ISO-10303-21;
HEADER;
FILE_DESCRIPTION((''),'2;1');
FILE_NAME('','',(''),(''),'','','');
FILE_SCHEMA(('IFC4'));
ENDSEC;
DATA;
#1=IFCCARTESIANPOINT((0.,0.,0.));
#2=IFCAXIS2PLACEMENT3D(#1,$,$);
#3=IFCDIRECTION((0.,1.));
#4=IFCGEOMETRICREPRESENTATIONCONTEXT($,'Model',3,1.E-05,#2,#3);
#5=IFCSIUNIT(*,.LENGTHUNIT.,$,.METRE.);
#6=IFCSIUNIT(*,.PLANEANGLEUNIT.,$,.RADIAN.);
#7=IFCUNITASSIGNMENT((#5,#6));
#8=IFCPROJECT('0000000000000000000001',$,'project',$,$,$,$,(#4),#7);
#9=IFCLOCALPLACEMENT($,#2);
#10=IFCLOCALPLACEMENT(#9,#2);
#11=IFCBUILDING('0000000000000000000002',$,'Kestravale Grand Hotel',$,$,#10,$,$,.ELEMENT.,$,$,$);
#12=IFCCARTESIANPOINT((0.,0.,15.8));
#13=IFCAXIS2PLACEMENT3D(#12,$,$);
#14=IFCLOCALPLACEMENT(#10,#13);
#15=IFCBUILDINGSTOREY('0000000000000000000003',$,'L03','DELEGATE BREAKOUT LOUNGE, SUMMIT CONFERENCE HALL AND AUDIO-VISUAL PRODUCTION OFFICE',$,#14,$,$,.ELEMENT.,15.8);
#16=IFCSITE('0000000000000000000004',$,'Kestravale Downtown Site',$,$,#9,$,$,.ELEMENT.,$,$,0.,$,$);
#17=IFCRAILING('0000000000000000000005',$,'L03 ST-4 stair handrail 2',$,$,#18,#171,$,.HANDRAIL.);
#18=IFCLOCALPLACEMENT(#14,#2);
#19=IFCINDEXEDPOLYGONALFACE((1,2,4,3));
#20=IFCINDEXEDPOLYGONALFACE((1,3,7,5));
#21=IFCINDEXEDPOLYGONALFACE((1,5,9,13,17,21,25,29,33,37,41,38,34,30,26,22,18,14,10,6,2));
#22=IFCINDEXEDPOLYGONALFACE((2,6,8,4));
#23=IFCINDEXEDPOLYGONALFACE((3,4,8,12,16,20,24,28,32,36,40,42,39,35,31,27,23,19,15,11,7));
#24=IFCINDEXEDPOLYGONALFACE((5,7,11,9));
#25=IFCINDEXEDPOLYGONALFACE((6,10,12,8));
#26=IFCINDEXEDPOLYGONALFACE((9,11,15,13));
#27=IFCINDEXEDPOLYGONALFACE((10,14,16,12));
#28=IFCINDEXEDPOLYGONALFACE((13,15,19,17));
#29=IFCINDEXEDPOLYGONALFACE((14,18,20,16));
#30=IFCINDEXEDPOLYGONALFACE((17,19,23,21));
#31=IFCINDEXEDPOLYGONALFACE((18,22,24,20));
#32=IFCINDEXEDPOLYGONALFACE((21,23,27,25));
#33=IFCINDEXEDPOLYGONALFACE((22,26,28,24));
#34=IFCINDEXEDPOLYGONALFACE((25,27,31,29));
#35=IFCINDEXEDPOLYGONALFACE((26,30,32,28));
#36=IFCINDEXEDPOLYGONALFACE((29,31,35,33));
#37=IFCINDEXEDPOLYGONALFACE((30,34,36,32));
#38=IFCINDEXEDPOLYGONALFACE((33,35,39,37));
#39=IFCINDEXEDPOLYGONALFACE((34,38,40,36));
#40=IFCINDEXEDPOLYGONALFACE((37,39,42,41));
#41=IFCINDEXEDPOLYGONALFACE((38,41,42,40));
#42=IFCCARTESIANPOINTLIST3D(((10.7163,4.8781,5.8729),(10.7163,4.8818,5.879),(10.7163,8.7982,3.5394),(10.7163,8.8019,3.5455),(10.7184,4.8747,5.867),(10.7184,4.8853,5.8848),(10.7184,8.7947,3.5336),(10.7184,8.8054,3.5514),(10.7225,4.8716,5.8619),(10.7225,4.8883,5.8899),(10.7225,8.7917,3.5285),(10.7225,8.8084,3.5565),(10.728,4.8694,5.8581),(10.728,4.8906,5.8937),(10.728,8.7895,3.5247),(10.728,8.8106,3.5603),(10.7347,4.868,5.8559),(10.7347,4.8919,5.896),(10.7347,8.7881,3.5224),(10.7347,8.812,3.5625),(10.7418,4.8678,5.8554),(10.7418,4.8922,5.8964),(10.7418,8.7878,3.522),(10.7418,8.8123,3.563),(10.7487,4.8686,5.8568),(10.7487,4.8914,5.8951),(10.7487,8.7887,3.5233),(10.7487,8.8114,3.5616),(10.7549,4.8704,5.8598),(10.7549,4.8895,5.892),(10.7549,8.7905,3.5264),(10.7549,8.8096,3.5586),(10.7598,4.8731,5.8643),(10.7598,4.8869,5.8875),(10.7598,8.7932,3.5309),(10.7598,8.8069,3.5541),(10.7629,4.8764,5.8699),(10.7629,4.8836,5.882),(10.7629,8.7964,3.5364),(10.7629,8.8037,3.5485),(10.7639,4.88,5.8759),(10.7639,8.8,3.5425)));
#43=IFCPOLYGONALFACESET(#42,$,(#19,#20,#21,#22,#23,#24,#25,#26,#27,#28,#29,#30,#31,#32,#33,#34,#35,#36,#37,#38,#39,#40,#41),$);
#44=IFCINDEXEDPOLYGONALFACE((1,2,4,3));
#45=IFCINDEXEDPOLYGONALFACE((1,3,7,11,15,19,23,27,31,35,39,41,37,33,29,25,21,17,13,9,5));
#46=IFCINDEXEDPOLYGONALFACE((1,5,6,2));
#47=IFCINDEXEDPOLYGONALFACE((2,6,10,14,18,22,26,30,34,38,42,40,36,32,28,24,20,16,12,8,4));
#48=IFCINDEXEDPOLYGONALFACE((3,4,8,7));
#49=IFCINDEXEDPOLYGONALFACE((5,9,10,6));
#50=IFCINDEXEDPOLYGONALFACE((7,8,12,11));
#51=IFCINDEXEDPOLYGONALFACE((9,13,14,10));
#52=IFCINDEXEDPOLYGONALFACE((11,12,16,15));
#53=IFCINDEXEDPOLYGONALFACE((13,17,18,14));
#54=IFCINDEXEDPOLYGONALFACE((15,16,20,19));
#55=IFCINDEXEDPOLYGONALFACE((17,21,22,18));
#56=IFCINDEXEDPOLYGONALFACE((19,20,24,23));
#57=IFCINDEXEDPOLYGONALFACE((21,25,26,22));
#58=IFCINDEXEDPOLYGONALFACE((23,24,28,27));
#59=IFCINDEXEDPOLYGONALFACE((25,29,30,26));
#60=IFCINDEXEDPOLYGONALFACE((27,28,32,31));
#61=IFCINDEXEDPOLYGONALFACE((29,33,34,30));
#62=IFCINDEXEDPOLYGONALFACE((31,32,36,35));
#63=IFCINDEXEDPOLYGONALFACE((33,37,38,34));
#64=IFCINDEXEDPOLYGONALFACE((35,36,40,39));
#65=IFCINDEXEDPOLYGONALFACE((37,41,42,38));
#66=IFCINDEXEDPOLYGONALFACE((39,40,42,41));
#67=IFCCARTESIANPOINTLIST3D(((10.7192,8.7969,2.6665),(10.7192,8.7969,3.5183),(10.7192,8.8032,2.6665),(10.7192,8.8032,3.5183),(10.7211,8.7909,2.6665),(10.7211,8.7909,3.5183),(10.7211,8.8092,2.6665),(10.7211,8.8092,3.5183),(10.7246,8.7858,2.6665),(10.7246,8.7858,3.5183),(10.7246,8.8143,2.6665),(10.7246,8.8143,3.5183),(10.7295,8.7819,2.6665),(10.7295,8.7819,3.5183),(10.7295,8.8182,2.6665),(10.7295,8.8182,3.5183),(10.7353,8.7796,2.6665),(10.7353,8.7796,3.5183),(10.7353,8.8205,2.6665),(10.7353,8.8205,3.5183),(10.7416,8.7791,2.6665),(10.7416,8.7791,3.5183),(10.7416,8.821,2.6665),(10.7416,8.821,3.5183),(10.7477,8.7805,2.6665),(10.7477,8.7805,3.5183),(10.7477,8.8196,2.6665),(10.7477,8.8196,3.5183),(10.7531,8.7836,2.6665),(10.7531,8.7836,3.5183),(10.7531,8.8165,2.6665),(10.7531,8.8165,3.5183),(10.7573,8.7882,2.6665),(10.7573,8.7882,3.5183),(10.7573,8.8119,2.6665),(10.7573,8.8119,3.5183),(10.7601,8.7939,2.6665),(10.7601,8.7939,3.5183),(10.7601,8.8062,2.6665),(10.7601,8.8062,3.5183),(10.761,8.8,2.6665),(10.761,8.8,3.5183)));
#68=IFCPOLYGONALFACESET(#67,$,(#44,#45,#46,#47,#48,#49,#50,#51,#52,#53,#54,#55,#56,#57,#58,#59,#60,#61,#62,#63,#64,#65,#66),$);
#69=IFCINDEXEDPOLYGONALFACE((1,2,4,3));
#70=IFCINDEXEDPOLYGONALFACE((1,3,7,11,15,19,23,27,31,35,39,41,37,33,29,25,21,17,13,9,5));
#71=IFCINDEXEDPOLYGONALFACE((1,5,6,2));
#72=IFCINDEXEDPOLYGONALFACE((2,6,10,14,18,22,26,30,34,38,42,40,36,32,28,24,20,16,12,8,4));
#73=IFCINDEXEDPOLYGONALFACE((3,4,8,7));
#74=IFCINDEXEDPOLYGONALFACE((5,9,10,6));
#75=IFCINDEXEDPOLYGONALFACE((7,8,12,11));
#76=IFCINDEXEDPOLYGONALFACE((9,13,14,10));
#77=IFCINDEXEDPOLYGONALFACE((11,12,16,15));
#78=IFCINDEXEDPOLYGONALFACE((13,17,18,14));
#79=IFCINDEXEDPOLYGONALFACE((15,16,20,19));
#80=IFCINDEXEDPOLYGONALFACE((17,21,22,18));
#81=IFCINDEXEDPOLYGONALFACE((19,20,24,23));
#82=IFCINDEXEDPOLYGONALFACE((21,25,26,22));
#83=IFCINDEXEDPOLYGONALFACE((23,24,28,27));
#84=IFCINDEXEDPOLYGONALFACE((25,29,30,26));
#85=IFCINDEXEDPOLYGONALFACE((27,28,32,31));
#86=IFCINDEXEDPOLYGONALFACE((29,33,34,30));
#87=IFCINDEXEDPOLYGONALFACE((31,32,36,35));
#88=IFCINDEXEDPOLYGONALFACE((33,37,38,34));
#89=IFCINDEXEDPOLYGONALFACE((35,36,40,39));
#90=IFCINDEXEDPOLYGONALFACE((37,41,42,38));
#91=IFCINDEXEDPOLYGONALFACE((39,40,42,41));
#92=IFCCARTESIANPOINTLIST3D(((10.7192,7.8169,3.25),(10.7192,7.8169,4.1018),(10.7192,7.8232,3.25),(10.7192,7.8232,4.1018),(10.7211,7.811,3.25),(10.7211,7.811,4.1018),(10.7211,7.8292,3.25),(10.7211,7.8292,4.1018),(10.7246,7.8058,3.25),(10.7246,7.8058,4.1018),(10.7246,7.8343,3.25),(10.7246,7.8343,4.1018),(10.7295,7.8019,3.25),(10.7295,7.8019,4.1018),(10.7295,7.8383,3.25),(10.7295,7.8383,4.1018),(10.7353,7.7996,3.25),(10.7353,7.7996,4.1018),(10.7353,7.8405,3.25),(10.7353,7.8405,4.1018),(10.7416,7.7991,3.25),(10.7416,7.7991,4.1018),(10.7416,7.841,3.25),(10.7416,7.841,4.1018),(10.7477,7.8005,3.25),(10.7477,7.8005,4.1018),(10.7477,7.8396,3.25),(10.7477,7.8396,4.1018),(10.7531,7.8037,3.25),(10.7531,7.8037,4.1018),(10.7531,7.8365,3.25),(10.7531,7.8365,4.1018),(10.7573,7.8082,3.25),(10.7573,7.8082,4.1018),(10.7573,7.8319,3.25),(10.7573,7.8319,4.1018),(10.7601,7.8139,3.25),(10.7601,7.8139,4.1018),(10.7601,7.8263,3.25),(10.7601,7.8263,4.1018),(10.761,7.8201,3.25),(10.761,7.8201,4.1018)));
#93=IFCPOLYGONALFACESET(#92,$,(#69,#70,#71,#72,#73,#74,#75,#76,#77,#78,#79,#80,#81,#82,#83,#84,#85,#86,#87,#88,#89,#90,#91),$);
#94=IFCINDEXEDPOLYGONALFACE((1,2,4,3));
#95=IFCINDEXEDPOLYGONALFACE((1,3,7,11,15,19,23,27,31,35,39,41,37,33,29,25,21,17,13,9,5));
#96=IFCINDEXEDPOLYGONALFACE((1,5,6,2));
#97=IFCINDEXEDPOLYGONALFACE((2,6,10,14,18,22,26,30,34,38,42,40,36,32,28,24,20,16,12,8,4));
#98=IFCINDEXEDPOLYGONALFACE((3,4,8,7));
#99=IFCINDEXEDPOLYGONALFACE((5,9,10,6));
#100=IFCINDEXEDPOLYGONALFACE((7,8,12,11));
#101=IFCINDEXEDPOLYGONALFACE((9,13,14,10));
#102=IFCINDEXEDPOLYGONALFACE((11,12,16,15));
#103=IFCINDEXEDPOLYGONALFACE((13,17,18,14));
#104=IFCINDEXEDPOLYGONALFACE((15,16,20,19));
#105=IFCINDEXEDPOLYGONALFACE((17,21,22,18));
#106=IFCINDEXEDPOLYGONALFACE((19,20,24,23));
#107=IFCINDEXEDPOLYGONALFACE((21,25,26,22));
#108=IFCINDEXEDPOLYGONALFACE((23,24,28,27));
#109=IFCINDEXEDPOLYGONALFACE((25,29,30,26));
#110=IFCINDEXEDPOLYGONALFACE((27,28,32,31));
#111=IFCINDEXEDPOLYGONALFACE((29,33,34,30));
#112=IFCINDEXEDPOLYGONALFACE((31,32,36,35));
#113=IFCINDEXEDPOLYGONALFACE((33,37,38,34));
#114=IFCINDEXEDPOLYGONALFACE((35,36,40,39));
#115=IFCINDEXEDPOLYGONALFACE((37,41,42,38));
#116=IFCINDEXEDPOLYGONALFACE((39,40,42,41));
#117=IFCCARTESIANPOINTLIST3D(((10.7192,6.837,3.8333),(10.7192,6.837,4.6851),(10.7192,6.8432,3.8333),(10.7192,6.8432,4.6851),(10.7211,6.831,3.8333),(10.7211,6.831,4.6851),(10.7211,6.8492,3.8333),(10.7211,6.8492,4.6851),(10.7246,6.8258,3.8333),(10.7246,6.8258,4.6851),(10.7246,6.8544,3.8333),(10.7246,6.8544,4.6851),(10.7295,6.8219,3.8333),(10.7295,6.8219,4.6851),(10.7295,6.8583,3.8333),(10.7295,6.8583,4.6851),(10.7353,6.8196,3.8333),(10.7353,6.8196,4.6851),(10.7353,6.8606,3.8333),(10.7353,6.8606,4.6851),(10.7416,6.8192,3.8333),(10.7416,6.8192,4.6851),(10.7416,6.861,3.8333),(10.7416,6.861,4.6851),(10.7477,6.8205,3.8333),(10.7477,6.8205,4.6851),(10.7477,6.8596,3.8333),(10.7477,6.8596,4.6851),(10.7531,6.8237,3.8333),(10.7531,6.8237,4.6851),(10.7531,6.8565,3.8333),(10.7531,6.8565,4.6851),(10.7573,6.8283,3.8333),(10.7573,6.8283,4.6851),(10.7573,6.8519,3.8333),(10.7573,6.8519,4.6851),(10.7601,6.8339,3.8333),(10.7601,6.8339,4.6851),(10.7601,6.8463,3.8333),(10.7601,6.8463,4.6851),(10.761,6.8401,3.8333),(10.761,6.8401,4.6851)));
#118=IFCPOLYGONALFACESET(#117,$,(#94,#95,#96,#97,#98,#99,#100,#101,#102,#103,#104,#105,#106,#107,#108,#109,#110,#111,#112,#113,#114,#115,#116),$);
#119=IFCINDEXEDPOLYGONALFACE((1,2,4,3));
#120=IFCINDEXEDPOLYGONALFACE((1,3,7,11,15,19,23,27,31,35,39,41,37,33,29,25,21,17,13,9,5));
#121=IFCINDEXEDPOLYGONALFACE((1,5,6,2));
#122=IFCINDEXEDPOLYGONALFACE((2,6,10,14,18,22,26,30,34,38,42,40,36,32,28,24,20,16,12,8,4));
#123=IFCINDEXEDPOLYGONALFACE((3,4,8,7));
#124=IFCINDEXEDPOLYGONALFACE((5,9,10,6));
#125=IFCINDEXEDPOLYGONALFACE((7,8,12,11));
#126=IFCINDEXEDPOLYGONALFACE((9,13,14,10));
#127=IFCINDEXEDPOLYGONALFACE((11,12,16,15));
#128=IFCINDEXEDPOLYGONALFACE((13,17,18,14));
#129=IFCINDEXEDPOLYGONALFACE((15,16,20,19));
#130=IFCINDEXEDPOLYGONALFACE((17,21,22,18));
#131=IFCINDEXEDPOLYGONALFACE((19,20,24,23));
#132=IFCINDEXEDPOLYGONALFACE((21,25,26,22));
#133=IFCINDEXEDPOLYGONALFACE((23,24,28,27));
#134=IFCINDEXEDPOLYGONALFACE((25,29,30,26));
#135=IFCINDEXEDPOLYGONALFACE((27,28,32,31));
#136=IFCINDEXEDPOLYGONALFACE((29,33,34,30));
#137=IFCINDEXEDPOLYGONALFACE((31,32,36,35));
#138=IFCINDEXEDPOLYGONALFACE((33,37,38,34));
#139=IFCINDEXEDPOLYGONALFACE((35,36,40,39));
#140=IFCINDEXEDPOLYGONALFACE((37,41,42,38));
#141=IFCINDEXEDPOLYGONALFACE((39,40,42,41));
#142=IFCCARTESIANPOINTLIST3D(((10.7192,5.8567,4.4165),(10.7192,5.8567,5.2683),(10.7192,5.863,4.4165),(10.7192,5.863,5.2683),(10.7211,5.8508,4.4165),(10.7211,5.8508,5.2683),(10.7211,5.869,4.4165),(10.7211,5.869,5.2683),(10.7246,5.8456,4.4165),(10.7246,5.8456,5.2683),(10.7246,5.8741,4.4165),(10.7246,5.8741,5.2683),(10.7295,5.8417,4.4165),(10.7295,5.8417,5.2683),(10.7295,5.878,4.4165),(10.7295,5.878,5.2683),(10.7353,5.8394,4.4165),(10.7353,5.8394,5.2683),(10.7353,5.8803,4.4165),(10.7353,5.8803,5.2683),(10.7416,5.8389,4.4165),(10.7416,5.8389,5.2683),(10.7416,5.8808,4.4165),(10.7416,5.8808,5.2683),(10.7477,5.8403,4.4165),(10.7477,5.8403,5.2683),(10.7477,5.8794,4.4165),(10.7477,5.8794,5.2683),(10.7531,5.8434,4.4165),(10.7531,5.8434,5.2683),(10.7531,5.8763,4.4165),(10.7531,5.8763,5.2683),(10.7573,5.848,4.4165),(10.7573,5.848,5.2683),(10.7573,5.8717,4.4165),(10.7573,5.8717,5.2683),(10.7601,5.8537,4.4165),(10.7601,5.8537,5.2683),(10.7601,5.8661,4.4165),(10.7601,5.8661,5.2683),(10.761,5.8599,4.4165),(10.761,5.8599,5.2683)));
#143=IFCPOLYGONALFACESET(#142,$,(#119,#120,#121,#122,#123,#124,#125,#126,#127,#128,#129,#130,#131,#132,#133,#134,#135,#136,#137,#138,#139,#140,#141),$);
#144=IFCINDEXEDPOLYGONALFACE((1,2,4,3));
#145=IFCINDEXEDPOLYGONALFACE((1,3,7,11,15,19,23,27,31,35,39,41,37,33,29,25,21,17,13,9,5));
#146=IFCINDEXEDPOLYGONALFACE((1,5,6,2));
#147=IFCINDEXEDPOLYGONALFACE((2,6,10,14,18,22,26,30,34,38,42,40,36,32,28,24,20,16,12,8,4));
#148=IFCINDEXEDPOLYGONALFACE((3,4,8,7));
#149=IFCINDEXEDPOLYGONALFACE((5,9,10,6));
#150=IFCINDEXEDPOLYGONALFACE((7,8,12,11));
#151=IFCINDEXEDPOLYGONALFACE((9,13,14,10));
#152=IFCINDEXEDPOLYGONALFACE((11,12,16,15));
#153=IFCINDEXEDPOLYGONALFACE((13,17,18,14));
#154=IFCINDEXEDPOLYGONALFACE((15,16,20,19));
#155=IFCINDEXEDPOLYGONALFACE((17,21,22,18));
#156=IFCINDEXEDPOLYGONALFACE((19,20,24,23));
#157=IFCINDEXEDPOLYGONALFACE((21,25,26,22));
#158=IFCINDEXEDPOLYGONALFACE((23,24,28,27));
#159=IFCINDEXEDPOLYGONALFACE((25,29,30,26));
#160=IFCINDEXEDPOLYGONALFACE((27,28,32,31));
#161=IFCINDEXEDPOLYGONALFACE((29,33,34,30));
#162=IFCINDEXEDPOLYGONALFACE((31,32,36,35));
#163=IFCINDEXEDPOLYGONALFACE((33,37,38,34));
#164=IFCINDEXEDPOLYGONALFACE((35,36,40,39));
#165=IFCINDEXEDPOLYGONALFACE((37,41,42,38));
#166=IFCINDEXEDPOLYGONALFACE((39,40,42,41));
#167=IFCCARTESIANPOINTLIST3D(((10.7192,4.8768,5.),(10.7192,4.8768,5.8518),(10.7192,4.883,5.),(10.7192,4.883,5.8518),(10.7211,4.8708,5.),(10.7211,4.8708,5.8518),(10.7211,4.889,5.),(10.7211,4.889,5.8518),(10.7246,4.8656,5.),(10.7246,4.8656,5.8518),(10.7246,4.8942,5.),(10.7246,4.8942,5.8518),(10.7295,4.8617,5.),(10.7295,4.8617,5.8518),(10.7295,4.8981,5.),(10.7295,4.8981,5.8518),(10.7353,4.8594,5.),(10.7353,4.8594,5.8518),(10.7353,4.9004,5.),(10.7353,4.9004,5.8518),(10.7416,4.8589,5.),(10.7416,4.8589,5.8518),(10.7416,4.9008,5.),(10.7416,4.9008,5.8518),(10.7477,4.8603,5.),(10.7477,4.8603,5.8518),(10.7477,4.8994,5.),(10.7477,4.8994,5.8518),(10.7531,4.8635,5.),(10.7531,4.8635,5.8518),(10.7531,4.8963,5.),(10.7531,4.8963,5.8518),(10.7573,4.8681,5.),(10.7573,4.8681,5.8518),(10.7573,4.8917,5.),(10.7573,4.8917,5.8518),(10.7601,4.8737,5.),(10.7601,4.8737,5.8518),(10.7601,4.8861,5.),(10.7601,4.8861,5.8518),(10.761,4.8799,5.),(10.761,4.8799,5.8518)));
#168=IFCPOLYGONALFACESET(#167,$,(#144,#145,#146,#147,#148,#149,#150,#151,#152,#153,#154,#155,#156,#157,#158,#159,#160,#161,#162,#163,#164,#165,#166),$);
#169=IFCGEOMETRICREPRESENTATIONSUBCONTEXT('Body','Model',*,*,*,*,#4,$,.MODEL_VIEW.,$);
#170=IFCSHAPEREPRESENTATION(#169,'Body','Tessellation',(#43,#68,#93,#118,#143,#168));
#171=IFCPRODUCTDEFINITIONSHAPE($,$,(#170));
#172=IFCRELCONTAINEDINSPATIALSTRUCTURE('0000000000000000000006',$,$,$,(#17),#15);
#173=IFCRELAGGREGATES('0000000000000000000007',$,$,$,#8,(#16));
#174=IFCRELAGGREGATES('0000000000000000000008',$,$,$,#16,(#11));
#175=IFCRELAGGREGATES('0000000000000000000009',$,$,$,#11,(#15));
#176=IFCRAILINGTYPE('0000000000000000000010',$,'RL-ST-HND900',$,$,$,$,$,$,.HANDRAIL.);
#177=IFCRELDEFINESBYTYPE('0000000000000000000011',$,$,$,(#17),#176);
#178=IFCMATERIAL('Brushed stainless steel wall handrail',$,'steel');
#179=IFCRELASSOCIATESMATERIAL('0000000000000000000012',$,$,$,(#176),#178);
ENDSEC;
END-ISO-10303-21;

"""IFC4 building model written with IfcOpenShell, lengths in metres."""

from ifc_helpers import new_model, si_unit, direction, frame, origin, origin_2d, place, context, subcontext, project, spatial, circle, extrude, material, type_object, element, save


model = new_model("IFC4")

# Units and contexts
model_context = context("Model", 3, precision=1e-05, world=origin(), true_north=direction((0.0, 1.0)))
body_context = subcontext(model_context, "Body", "Model", "MODEL_VIEW")
ifc_project = project(units=[si_unit("LENGTHUNIT", "METRE"), si_unit("PLANEANGLEUNIT", "RADIAN")], contexts=[model_context])

# Site, building, storey
site_placement = place(None, origin())
site = spatial("IfcSite", under=ifc_project, at=site_placement, Name="Kestravale Downtown Site", CompositionType="ELEMENT", RefElevation=0.0)
building_placement = place(site_placement, origin())
building = spatial("IfcBuilding", under=site, at=building_placement, Name="Kestravale Grand Hotel", CompositionType="ELEMENT")
storey_placement = place(building_placement, frame((0.0, 0.0, 15.8)))
storey = spatial("IfcBuildingStorey", under=building, at=storey_placement, Name="L03", Description="DELEGATE BREAKOUT LOUNGE, SUMMIT CONFERENCE HALL AND AUDIO-VISUAL PRODUCTION OFFICE", CompositionType="ELEMENT", Elevation=15.8)

# Railing
ifc_material_1 = material(Name="Brushed stainless steel wall handrail", Category="steel")
railing_type_1 = type_object("IfcRailingType", Name="RL-ST-HND900", PredefinedType="HANDRAIL", material=ifc_material_1)
railing_1_placement = place(storey_placement, frame((10.74, 8.8, 2.6665)))
element("IfcRailing", 1, at=railing_1_placement, inside=storey, type_object=railing_type_1, Name="L03 ST-4 stair handrail 2", PredefinedType="HANDRAIL", context=body_context, shape_type="SweptSolid", body=[
    extrude(circle(Radius=0.0239, at=origin_2d()), frame((0.0, 0.0, 0.876), z_axis=(0.0, -0.859287, 0.511494), x_axis=(1.0, 0.0, 0.0)), (0.0, 0.0, 1.0), 4.562),
    extrude(circle(Radius=0.021, at=origin_2d()), origin(), (0.0, 0.0, 1.0), 0.8518),
    extrude(circle(Radius=0.021, at=origin_2d()), frame((0.0, -0.98, 0.5835)), (0.0, 0.0, 1.0), 0.8518),
    extrude(circle(Radius=0.021, at=origin_2d()), frame((0.0, -1.96, 1.1667)), (0.0, 0.0, 1.0), 0.8518),
    extrude(circle(Radius=0.021, at=origin_2d()), frame((0.0, -2.9402, 1.75)), (0.0, 0.0, 1.0), 0.8518),
    extrude(circle(Radius=0.021, at=origin_2d()), frame((0.0, -3.9202, 2.3335)), (0.0, 0.0, 1.0), 0.8518),
])

save(model, "model.ifc")
